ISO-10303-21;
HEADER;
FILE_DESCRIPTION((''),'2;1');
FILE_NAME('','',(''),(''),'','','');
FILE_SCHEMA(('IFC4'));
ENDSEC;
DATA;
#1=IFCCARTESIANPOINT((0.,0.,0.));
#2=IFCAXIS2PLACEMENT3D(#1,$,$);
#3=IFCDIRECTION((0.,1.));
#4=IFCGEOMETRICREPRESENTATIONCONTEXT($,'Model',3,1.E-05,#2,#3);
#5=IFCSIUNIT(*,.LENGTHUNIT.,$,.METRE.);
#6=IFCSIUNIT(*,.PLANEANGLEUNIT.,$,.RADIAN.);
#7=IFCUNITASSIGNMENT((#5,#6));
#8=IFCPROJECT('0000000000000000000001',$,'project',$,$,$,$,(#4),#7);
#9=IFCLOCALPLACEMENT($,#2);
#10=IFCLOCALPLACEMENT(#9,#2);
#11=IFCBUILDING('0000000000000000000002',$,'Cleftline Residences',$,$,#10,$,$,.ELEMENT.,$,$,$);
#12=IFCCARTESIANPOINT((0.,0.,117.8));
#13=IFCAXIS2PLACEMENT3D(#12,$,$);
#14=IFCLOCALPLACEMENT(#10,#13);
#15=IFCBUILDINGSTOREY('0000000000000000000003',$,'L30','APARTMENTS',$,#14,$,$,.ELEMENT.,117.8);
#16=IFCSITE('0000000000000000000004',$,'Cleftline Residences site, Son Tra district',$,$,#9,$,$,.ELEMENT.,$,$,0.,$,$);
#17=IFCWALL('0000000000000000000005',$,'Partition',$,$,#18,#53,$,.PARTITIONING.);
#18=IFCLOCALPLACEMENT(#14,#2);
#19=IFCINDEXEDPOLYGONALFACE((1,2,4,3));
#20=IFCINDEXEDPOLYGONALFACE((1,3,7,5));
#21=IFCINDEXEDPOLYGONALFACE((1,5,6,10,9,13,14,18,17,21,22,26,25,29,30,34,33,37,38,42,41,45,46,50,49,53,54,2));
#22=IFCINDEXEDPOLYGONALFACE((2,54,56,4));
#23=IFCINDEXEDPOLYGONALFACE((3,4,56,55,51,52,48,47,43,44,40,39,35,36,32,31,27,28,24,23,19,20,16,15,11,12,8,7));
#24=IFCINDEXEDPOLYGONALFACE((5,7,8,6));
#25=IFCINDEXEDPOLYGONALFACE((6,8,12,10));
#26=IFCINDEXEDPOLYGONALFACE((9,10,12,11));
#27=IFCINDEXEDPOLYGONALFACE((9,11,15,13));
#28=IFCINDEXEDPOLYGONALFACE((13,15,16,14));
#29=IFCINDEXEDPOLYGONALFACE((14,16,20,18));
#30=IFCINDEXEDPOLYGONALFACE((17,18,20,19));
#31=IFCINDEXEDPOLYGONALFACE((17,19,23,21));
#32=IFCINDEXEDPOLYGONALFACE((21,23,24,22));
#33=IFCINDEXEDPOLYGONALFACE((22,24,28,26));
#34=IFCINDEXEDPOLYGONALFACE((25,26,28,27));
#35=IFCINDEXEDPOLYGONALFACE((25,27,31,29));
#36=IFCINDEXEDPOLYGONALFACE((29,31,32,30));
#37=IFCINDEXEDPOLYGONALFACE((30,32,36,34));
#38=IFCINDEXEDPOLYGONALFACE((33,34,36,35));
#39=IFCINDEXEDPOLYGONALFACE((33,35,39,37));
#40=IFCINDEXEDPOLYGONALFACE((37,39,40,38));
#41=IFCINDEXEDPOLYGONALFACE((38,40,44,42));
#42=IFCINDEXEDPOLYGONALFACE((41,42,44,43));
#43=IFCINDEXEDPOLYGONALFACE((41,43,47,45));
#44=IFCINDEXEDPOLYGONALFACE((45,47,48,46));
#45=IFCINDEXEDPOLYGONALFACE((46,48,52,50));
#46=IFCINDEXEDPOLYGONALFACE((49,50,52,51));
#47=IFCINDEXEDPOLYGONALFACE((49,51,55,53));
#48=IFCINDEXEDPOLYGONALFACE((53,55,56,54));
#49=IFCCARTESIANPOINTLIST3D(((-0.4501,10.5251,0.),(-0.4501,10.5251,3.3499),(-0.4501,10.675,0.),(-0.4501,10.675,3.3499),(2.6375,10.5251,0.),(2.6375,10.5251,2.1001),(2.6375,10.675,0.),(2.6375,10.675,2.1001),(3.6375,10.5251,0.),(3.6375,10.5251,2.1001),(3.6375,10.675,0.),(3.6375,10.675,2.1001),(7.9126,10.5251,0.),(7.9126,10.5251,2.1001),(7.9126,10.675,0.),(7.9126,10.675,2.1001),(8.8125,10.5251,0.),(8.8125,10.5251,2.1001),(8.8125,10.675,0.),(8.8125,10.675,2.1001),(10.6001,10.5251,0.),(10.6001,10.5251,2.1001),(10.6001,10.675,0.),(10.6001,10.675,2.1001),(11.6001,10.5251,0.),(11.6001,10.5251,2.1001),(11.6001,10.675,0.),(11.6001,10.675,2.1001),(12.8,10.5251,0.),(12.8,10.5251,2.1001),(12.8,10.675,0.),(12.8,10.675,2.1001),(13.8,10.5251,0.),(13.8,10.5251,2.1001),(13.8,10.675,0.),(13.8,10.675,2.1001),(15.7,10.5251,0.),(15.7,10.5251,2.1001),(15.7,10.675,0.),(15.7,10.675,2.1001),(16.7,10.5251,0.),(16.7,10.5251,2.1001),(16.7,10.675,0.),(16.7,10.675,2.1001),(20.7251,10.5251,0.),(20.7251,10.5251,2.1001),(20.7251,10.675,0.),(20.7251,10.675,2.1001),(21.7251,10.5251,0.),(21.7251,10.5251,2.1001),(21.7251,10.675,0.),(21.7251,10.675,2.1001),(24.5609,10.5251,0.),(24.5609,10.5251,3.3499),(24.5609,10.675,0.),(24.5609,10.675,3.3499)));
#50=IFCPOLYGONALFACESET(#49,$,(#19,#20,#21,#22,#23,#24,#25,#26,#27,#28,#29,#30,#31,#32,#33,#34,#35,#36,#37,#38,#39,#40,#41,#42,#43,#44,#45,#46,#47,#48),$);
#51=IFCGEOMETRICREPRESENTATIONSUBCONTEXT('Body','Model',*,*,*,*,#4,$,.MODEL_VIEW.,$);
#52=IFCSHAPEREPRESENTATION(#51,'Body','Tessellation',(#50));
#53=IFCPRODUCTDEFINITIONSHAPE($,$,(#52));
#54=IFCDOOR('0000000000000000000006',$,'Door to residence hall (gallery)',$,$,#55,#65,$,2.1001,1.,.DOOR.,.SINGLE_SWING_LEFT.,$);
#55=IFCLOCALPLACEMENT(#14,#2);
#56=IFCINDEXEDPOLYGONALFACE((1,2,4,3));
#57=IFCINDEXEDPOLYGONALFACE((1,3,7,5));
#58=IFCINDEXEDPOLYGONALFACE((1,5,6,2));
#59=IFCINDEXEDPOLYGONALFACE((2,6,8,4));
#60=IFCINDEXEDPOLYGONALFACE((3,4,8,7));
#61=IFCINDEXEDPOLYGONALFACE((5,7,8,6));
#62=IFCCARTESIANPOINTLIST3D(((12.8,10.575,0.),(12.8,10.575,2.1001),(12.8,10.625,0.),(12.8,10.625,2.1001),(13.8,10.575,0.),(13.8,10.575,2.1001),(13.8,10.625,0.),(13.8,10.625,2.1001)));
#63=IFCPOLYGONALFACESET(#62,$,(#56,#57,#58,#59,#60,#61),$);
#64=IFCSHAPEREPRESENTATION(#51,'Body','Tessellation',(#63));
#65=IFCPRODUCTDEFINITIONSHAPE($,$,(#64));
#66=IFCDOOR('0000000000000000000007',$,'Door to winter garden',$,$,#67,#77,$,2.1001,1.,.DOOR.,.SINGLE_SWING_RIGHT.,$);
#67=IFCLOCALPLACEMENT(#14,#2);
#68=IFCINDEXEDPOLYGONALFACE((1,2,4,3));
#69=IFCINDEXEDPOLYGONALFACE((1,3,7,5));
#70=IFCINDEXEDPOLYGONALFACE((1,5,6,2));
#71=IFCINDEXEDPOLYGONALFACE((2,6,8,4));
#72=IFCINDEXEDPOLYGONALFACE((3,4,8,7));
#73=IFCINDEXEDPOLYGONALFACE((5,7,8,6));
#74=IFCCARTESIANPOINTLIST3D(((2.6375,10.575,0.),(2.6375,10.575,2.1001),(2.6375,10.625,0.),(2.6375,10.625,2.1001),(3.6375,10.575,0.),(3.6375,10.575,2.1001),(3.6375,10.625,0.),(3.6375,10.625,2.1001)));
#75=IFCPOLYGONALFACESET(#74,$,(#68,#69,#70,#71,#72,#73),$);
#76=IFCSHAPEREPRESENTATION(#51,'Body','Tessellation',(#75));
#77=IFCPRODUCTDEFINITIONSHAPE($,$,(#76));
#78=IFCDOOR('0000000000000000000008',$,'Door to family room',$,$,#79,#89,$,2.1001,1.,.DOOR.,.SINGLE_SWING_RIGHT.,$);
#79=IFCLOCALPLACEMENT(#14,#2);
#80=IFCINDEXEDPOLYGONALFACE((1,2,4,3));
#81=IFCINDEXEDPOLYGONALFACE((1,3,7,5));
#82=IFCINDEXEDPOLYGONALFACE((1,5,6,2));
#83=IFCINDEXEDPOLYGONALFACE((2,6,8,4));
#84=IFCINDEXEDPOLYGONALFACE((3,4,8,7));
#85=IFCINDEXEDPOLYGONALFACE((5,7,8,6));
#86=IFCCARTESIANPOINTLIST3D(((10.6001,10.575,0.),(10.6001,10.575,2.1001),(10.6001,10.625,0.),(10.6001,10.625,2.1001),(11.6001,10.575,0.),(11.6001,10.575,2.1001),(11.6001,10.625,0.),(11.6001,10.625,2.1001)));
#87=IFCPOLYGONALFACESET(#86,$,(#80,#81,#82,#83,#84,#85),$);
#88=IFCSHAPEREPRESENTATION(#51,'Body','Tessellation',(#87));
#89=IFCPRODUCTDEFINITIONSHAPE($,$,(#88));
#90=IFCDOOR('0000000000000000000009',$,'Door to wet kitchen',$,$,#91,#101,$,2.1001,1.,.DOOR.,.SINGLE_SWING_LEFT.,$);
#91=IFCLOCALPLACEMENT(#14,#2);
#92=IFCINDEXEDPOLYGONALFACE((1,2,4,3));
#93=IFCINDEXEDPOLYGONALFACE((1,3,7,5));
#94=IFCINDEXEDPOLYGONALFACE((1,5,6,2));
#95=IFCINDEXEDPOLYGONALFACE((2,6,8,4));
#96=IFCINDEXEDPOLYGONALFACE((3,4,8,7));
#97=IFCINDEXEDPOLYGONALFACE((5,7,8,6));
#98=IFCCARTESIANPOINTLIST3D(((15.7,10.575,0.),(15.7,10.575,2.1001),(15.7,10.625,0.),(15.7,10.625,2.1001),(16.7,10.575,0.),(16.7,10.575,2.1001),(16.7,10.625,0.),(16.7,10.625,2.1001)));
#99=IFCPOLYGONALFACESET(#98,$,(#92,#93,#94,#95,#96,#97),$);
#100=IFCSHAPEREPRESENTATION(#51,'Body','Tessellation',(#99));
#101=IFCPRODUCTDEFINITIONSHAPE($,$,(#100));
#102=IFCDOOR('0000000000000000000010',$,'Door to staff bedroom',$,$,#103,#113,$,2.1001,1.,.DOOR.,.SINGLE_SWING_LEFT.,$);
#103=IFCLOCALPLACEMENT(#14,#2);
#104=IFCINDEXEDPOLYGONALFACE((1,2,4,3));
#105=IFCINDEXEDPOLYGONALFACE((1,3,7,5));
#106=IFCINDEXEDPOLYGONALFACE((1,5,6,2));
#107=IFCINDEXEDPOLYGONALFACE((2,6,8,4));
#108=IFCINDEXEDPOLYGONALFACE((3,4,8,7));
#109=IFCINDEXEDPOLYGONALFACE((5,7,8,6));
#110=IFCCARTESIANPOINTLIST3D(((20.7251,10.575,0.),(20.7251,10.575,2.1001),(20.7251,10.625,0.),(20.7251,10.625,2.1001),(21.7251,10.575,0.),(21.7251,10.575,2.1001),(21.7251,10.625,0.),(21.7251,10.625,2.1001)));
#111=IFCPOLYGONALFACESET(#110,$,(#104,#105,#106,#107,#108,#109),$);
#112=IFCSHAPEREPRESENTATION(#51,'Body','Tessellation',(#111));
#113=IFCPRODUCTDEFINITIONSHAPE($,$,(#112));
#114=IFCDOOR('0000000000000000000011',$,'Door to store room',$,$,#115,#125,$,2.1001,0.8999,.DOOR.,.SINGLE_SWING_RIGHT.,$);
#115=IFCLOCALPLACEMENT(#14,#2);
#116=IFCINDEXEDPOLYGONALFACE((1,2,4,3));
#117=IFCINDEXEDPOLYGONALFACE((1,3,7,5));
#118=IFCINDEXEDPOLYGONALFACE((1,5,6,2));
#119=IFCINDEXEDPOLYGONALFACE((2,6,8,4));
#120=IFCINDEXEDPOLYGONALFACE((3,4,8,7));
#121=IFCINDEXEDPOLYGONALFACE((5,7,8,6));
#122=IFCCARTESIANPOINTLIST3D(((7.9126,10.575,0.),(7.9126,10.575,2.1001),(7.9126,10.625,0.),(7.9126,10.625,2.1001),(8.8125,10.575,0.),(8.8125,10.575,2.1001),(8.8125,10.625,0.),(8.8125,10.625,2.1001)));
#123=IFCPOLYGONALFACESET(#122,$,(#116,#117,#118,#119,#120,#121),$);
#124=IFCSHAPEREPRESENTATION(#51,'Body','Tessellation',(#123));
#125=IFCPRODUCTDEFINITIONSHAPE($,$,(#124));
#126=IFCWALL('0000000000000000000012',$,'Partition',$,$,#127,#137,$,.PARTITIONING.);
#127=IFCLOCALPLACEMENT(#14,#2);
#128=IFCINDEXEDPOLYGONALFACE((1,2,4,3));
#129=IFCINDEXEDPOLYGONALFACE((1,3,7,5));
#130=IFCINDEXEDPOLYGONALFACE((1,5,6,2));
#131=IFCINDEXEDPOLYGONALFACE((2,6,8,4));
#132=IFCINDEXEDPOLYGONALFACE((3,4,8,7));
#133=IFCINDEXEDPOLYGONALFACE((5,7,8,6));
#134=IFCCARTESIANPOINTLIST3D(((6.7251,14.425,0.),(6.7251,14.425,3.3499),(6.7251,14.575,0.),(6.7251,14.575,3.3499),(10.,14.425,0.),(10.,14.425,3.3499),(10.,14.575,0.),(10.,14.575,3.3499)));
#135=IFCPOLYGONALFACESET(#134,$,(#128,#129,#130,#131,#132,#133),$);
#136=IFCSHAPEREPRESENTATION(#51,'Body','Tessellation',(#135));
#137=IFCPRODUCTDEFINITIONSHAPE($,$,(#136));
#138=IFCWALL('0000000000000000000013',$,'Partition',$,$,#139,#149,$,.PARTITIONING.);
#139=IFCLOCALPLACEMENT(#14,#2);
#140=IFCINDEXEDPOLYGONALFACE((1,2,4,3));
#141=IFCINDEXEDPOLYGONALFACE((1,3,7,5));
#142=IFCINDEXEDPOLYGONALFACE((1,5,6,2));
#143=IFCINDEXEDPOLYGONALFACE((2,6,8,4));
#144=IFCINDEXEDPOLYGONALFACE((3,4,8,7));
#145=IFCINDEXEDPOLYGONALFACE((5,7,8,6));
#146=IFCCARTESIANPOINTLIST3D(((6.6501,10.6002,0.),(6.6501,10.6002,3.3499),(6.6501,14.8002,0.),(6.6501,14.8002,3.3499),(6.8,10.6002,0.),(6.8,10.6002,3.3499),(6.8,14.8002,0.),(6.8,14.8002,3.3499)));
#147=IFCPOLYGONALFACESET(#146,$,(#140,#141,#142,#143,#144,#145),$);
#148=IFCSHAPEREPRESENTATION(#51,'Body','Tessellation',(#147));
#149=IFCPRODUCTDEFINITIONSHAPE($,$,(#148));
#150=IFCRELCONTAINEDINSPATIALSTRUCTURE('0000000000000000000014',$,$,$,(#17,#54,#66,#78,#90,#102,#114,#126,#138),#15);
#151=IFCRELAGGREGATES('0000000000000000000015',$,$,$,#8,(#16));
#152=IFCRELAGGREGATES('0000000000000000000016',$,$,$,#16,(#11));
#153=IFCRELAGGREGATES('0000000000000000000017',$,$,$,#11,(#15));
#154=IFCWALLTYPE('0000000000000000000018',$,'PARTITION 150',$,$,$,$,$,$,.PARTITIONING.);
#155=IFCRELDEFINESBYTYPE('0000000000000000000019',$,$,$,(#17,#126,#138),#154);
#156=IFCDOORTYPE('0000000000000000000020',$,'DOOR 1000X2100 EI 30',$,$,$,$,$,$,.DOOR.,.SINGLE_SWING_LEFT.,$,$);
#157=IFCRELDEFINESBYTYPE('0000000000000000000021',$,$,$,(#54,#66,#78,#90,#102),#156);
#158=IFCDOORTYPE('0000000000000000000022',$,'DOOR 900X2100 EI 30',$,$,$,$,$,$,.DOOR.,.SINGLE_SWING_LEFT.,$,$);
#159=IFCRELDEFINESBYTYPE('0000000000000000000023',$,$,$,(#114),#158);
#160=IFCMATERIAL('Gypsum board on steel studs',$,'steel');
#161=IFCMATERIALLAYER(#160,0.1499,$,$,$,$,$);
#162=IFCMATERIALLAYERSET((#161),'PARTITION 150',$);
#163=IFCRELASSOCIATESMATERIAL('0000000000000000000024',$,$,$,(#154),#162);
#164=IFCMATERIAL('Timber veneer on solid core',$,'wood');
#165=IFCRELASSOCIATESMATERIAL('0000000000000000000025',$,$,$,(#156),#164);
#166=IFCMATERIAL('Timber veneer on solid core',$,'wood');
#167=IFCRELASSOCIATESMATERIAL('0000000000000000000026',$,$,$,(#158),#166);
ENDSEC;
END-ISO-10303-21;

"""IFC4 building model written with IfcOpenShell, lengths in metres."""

from ifc_helpers import new_model, si_unit, direction, frame, frame_2d, origin, place, context, subcontext, project, spatial, rectangle, extrude, material, layer, layer_set, type_object, element, fill, save


model = new_model("IFC4")

# Units and contexts
model_context = context("Model", 3, precision=1e-05, world=origin(), true_north=direction((0.0, 1.0)))
body_context = subcontext(model_context, "Body", "Model", "MODEL_VIEW")
ifc_project = project(units=[si_unit("LENGTHUNIT", "METRE"), si_unit("PLANEANGLEUNIT", "RADIAN")], contexts=[model_context])

# Site, building, storey
site_placement = place(None, origin())
site = spatial("IfcSite", under=ifc_project, at=site_placement, Name="Cleftline Residences site, Son Tra district", CompositionType="ELEMENT", RefElevation=0.0)
building_placement = place(site_placement, origin())
building = spatial("IfcBuilding", under=site, at=building_placement, Name="Cleftline Residences", CompositionType="ELEMENT")
storey_placement = place(building_placement, frame((0.0, 0.0, 117.8)))
storey = spatial("IfcBuildingStorey", under=building, at=storey_placement, Name="L30", Description="APARTMENTS", CompositionType="ELEMENT", Elevation=117.8)

# Shared definitions
ifc_material_1 = material(Name="Gypsum board on steel studs", Category="steel")
ifc_layer = layer(ifc_material_1, 0.1499)
ifc_layer_set = layer_set([ifc_layer], Name="PARTITION 150")
wall_type = type_object("IfcWallType", Name="PARTITION 150", PredefinedType="PARTITIONING", material=ifc_layer_set)

# Wall, openings, doors
wall_1_placement = place(storey_placement, frame((-0.45, 10.6001, 0.0), z_axis=(0.0, 0.0, 1.0), x_axis=(1.0, 0.0, 0.0)))
wall_1 = element("IfcWall", 1, at=wall_1_placement, inside=storey, type_object=wall_type, Name="Partition", PredefinedType="PARTITIONING", context=body_context, shape_type="SweptSolid", body=[
    extrude(rectangle(XDim=25.011, YDim=0.1499, at=frame_2d((12.5054, 0.0))), origin(), (0.0, 0.0, 1.0), 3.3499),
])
opening_1_placement = place(wall_1_placement, frame((13.25, 0.0, 0.0)))
opening_1 = element("IfcOpeningElement", 2, at=opening_1_placement, cuts=wall_1, PredefinedType="OPENING", context=body_context, shape_type="SweptSolid", body=[
    extrude(rectangle(XDim=1.0, YDim=2.1001, at=frame_2d((0.5, 1.05))), frame((0.0, 0.085, 0.0), z_axis=(0.0, -1.0, 0.0), x_axis=(1.0, 0.0, 0.0)), (0.0, 0.0, 1.0), 0.1699),
])
opening_2_placement = place(wall_1_placement, frame((3.0874, 0.0, 0.0)))
opening_2 = element("IfcOpeningElement", 3, at=opening_2_placement, cuts=wall_1, PredefinedType="OPENING", context=body_context, shape_type="SweptSolid", body=[
    extrude(rectangle(XDim=1.0, YDim=2.1001, at=frame_2d((0.5, 1.05))), frame((0.0, 0.085, 0.0), z_axis=(0.0, -1.0, 0.0), x_axis=(1.0, 0.0, 0.0)), (0.0, 0.0, 1.0), 0.1699),
])
opening_3_placement = place(wall_1_placement, frame((8.3625, 0.0, 0.0)))
opening_3 = element("IfcOpeningElement", 4, at=opening_3_placement, cuts=wall_1, PredefinedType="OPENING", context=body_context, shape_type="SweptSolid", body=[
    extrude(rectangle(XDim=0.8999, YDim=2.1001, at=frame_2d((0.45, 1.05))), frame((0.0, 0.085, 0.0), z_axis=(0.0, -1.0, 0.0), x_axis=(1.0, 0.0, 0.0)), (0.0, 0.0, 1.0), 0.1699),
])
opening_4_placement = place(wall_1_placement, frame((11.05, 0.0, 0.0)))
opening_4 = element("IfcOpeningElement", 5, at=opening_4_placement, cuts=wall_1, PredefinedType="OPENING", context=body_context, shape_type="SweptSolid", body=[
    extrude(rectangle(XDim=1.0, YDim=2.1001, at=frame_2d((0.5, 1.05))), frame((0.0, 0.085, 0.0), z_axis=(0.0, -1.0, 0.0), x_axis=(1.0, 0.0, 0.0)), (0.0, 0.0, 1.0), 0.1699),
])
opening_5_placement = place(wall_1_placement, frame((16.1499, 0.0, 0.0)))
opening_5 = element("IfcOpeningElement", 6, at=opening_5_placement, cuts=wall_1, PredefinedType="OPENING", context=body_context, shape_type="SweptSolid", body=[
    extrude(rectangle(XDim=1.0, YDim=2.1001, at=frame_2d((0.5, 1.05))), frame((0.0, 0.085, 0.0), z_axis=(0.0, -1.0, 0.0), x_axis=(1.0, 0.0, 0.0)), (0.0, 0.0, 1.0), 0.1699),
])
opening_6_placement = place(wall_1_placement, frame((21.175, 0.0, 0.0)))
opening_6 = element("IfcOpeningElement", 7, at=opening_6_placement, cuts=wall_1, PredefinedType="OPENING", context=body_context, shape_type="SweptSolid", body=[
    extrude(rectangle(XDim=1.0, YDim=2.1001, at=frame_2d((0.5, 1.05))), frame((0.0, 0.085, 0.0), z_axis=(0.0, -1.0, 0.0), x_axis=(1.0, 0.0, 0.0)), (0.0, 0.0, 1.0), 0.1699),
])
ifc_material_2 = material(Name="Timber veneer on solid core", Category="wood")
door_type_1 = type_object("IfcDoorType", Name="DOOR 1000X2100 EI 30", OperationType="SINGLE_SWING_LEFT", PredefinedType="DOOR", material=ifc_material_2)
door_1_placement = place(opening_1_placement, origin())
door_1 = element("IfcDoor", 8, at=door_1_placement, inside=storey, type_object=door_type_1, Name="Door to residence hall (gallery)", OperationType="SINGLE_SWING_LEFT", OverallHeight=2.1001, OverallWidth=1.0, PredefinedType="DOOR", context=body_context, shape_type="SweptSolid", body=[
    extrude(rectangle(XDim=1.0, YDim=2.1001, at=frame_2d((0.5, 1.05))), frame((0.0, 0.0249, 0.0), z_axis=(0.0, -1.0, 0.0), x_axis=(1.0, 0.0, 0.0)), (0.0, 0.0, 1.0), 0.05),
])
fill(opening_1, door_1)
door_2_placement = place(opening_2_placement, origin())
door_2 = element("IfcDoor", 9, at=door_2_placement, inside=storey, type_object=door_type_1, Name="Door to winter garden", OperationType="SINGLE_SWING_RIGHT", OverallHeight=2.1001, OverallWidth=1.0, PredefinedType="DOOR", context=body_context, shape_type="SweptSolid", body=[
    extrude(rectangle(XDim=1.0, YDim=2.1001, at=frame_2d((0.5, 1.05))), frame((0.0, 0.0249, 0.0), z_axis=(0.0, -1.0, 0.0), x_axis=(1.0, 0.0, 0.0)), (0.0, 0.0, 1.0), 0.05),
])
fill(opening_2, door_2)
door_3_placement = place(opening_4_placement, origin())
door_3 = element("IfcDoor", 10, at=door_3_placement, inside=storey, type_object=door_type_1, Name="Door to family room", OperationType="SINGLE_SWING_RIGHT", OverallHeight=2.1001, OverallWidth=1.0, PredefinedType="DOOR", context=body_context, shape_type="SweptSolid", body=[
    extrude(rectangle(XDim=1.0, YDim=2.1001, at=frame_2d((0.5, 1.05))), frame((0.0, 0.0249, 0.0), z_axis=(0.0, -1.0, 0.0), x_axis=(1.0, 0.0, 0.0)), (0.0, 0.0, 1.0), 0.05),
])
fill(opening_4, door_3)
door_4_placement = place(opening_5_placement, origin())
door_4 = element("IfcDoor", 11, at=door_4_placement, inside=storey, type_object=door_type_1, Name="Door to wet kitchen", OperationType="SINGLE_SWING_LEFT", OverallHeight=2.1001, OverallWidth=1.0, PredefinedType="DOOR", context=body_context, shape_type="SweptSolid", body=[
    extrude(rectangle(XDim=1.0, YDim=2.1001, at=frame_2d((0.5, 1.05))), frame((0.0, 0.0249, 0.0), z_axis=(0.0, -1.0, 0.0), x_axis=(1.0, 0.0, 0.0)), (0.0, 0.0, 1.0), 0.05),
])
fill(opening_5, door_4)
door_5_placement = place(opening_6_placement, origin())
door_5 = element("IfcDoor", 12, at=door_5_placement, inside=storey, type_object=door_type_1, Name="Door to staff bedroom", OperationType="SINGLE_SWING_LEFT", OverallHeight=2.1001, OverallWidth=1.0, PredefinedType="DOOR", context=body_context, shape_type="SweptSolid", body=[
    extrude(rectangle(XDim=1.0, YDim=2.1001, at=frame_2d((0.5, 1.05))), frame((0.0, 0.0249, 0.0), z_axis=(0.0, -1.0, 0.0), x_axis=(1.0, 0.0, 0.0)), (0.0, 0.0, 1.0), 0.05),
])
fill(opening_6, door_5)
ifc_material_3 = material(Name="Timber veneer on solid core", Category="wood")
door_type_2 = type_object("IfcDoorType", Name="DOOR 900X2100 EI 30", OperationType="SINGLE_SWING_LEFT", PredefinedType="DOOR", material=ifc_material_3)
door_6_placement = place(opening_3_placement, origin())
door_6 = element("IfcDoor", 13, at=door_6_placement, inside=storey, type_object=door_type_2, Name="Door to store room", OperationType="SINGLE_SWING_RIGHT", OverallHeight=2.1001, OverallWidth=0.8999, PredefinedType="DOOR", context=body_context, shape_type="SweptSolid", body=[
    extrude(rectangle(XDim=0.8999, YDim=2.1001, at=frame_2d((0.45, 1.05))), frame((0.0, 0.0249, 0.0), z_axis=(0.0, -1.0, 0.0), x_axis=(1.0, 0.0, 0.0)), (0.0, 0.0, 1.0), 0.05),
])
fill(opening_3, door_6)

# Walls
wall_2_placement = place(storey_placement, frame((6.7251, 14.5, 0.0), z_axis=(0.0, 0.0, 1.0), x_axis=(1.0, 0.0, 0.0)))
element("IfcWall", 14, at=wall_2_placement, inside=storey, type_object=wall_type, Name="Partition", PredefinedType="PARTITIONING", context=body_context, shape_type="SweptSolid", body=[
    extrude(rectangle(XDim=3.2749, YDim=0.1499, at=frame_2d((1.6375, 0.0))), origin(), (0.0, 0.0, 1.0), 3.3499),
])
wall_3_placement = place(storey_placement, frame((6.7251, 10.6001, 0.0), z_axis=(0.0, 0.0, 1.0), x_axis=(0.0, 1.0, 0.0)))
element("IfcWall", 15, at=wall_3_placement, inside=storey, type_object=wall_type, Name="Partition", PredefinedType="PARTITIONING", context=body_context, shape_type="SweptSolid", body=[
    extrude(rectangle(XDim=4.2, YDim=0.1499, at=frame_2d((2.1001, 0.0))), origin(), (0.0, 0.0, 1.0), 3.3499),
])

save(model, "model.ifc")
